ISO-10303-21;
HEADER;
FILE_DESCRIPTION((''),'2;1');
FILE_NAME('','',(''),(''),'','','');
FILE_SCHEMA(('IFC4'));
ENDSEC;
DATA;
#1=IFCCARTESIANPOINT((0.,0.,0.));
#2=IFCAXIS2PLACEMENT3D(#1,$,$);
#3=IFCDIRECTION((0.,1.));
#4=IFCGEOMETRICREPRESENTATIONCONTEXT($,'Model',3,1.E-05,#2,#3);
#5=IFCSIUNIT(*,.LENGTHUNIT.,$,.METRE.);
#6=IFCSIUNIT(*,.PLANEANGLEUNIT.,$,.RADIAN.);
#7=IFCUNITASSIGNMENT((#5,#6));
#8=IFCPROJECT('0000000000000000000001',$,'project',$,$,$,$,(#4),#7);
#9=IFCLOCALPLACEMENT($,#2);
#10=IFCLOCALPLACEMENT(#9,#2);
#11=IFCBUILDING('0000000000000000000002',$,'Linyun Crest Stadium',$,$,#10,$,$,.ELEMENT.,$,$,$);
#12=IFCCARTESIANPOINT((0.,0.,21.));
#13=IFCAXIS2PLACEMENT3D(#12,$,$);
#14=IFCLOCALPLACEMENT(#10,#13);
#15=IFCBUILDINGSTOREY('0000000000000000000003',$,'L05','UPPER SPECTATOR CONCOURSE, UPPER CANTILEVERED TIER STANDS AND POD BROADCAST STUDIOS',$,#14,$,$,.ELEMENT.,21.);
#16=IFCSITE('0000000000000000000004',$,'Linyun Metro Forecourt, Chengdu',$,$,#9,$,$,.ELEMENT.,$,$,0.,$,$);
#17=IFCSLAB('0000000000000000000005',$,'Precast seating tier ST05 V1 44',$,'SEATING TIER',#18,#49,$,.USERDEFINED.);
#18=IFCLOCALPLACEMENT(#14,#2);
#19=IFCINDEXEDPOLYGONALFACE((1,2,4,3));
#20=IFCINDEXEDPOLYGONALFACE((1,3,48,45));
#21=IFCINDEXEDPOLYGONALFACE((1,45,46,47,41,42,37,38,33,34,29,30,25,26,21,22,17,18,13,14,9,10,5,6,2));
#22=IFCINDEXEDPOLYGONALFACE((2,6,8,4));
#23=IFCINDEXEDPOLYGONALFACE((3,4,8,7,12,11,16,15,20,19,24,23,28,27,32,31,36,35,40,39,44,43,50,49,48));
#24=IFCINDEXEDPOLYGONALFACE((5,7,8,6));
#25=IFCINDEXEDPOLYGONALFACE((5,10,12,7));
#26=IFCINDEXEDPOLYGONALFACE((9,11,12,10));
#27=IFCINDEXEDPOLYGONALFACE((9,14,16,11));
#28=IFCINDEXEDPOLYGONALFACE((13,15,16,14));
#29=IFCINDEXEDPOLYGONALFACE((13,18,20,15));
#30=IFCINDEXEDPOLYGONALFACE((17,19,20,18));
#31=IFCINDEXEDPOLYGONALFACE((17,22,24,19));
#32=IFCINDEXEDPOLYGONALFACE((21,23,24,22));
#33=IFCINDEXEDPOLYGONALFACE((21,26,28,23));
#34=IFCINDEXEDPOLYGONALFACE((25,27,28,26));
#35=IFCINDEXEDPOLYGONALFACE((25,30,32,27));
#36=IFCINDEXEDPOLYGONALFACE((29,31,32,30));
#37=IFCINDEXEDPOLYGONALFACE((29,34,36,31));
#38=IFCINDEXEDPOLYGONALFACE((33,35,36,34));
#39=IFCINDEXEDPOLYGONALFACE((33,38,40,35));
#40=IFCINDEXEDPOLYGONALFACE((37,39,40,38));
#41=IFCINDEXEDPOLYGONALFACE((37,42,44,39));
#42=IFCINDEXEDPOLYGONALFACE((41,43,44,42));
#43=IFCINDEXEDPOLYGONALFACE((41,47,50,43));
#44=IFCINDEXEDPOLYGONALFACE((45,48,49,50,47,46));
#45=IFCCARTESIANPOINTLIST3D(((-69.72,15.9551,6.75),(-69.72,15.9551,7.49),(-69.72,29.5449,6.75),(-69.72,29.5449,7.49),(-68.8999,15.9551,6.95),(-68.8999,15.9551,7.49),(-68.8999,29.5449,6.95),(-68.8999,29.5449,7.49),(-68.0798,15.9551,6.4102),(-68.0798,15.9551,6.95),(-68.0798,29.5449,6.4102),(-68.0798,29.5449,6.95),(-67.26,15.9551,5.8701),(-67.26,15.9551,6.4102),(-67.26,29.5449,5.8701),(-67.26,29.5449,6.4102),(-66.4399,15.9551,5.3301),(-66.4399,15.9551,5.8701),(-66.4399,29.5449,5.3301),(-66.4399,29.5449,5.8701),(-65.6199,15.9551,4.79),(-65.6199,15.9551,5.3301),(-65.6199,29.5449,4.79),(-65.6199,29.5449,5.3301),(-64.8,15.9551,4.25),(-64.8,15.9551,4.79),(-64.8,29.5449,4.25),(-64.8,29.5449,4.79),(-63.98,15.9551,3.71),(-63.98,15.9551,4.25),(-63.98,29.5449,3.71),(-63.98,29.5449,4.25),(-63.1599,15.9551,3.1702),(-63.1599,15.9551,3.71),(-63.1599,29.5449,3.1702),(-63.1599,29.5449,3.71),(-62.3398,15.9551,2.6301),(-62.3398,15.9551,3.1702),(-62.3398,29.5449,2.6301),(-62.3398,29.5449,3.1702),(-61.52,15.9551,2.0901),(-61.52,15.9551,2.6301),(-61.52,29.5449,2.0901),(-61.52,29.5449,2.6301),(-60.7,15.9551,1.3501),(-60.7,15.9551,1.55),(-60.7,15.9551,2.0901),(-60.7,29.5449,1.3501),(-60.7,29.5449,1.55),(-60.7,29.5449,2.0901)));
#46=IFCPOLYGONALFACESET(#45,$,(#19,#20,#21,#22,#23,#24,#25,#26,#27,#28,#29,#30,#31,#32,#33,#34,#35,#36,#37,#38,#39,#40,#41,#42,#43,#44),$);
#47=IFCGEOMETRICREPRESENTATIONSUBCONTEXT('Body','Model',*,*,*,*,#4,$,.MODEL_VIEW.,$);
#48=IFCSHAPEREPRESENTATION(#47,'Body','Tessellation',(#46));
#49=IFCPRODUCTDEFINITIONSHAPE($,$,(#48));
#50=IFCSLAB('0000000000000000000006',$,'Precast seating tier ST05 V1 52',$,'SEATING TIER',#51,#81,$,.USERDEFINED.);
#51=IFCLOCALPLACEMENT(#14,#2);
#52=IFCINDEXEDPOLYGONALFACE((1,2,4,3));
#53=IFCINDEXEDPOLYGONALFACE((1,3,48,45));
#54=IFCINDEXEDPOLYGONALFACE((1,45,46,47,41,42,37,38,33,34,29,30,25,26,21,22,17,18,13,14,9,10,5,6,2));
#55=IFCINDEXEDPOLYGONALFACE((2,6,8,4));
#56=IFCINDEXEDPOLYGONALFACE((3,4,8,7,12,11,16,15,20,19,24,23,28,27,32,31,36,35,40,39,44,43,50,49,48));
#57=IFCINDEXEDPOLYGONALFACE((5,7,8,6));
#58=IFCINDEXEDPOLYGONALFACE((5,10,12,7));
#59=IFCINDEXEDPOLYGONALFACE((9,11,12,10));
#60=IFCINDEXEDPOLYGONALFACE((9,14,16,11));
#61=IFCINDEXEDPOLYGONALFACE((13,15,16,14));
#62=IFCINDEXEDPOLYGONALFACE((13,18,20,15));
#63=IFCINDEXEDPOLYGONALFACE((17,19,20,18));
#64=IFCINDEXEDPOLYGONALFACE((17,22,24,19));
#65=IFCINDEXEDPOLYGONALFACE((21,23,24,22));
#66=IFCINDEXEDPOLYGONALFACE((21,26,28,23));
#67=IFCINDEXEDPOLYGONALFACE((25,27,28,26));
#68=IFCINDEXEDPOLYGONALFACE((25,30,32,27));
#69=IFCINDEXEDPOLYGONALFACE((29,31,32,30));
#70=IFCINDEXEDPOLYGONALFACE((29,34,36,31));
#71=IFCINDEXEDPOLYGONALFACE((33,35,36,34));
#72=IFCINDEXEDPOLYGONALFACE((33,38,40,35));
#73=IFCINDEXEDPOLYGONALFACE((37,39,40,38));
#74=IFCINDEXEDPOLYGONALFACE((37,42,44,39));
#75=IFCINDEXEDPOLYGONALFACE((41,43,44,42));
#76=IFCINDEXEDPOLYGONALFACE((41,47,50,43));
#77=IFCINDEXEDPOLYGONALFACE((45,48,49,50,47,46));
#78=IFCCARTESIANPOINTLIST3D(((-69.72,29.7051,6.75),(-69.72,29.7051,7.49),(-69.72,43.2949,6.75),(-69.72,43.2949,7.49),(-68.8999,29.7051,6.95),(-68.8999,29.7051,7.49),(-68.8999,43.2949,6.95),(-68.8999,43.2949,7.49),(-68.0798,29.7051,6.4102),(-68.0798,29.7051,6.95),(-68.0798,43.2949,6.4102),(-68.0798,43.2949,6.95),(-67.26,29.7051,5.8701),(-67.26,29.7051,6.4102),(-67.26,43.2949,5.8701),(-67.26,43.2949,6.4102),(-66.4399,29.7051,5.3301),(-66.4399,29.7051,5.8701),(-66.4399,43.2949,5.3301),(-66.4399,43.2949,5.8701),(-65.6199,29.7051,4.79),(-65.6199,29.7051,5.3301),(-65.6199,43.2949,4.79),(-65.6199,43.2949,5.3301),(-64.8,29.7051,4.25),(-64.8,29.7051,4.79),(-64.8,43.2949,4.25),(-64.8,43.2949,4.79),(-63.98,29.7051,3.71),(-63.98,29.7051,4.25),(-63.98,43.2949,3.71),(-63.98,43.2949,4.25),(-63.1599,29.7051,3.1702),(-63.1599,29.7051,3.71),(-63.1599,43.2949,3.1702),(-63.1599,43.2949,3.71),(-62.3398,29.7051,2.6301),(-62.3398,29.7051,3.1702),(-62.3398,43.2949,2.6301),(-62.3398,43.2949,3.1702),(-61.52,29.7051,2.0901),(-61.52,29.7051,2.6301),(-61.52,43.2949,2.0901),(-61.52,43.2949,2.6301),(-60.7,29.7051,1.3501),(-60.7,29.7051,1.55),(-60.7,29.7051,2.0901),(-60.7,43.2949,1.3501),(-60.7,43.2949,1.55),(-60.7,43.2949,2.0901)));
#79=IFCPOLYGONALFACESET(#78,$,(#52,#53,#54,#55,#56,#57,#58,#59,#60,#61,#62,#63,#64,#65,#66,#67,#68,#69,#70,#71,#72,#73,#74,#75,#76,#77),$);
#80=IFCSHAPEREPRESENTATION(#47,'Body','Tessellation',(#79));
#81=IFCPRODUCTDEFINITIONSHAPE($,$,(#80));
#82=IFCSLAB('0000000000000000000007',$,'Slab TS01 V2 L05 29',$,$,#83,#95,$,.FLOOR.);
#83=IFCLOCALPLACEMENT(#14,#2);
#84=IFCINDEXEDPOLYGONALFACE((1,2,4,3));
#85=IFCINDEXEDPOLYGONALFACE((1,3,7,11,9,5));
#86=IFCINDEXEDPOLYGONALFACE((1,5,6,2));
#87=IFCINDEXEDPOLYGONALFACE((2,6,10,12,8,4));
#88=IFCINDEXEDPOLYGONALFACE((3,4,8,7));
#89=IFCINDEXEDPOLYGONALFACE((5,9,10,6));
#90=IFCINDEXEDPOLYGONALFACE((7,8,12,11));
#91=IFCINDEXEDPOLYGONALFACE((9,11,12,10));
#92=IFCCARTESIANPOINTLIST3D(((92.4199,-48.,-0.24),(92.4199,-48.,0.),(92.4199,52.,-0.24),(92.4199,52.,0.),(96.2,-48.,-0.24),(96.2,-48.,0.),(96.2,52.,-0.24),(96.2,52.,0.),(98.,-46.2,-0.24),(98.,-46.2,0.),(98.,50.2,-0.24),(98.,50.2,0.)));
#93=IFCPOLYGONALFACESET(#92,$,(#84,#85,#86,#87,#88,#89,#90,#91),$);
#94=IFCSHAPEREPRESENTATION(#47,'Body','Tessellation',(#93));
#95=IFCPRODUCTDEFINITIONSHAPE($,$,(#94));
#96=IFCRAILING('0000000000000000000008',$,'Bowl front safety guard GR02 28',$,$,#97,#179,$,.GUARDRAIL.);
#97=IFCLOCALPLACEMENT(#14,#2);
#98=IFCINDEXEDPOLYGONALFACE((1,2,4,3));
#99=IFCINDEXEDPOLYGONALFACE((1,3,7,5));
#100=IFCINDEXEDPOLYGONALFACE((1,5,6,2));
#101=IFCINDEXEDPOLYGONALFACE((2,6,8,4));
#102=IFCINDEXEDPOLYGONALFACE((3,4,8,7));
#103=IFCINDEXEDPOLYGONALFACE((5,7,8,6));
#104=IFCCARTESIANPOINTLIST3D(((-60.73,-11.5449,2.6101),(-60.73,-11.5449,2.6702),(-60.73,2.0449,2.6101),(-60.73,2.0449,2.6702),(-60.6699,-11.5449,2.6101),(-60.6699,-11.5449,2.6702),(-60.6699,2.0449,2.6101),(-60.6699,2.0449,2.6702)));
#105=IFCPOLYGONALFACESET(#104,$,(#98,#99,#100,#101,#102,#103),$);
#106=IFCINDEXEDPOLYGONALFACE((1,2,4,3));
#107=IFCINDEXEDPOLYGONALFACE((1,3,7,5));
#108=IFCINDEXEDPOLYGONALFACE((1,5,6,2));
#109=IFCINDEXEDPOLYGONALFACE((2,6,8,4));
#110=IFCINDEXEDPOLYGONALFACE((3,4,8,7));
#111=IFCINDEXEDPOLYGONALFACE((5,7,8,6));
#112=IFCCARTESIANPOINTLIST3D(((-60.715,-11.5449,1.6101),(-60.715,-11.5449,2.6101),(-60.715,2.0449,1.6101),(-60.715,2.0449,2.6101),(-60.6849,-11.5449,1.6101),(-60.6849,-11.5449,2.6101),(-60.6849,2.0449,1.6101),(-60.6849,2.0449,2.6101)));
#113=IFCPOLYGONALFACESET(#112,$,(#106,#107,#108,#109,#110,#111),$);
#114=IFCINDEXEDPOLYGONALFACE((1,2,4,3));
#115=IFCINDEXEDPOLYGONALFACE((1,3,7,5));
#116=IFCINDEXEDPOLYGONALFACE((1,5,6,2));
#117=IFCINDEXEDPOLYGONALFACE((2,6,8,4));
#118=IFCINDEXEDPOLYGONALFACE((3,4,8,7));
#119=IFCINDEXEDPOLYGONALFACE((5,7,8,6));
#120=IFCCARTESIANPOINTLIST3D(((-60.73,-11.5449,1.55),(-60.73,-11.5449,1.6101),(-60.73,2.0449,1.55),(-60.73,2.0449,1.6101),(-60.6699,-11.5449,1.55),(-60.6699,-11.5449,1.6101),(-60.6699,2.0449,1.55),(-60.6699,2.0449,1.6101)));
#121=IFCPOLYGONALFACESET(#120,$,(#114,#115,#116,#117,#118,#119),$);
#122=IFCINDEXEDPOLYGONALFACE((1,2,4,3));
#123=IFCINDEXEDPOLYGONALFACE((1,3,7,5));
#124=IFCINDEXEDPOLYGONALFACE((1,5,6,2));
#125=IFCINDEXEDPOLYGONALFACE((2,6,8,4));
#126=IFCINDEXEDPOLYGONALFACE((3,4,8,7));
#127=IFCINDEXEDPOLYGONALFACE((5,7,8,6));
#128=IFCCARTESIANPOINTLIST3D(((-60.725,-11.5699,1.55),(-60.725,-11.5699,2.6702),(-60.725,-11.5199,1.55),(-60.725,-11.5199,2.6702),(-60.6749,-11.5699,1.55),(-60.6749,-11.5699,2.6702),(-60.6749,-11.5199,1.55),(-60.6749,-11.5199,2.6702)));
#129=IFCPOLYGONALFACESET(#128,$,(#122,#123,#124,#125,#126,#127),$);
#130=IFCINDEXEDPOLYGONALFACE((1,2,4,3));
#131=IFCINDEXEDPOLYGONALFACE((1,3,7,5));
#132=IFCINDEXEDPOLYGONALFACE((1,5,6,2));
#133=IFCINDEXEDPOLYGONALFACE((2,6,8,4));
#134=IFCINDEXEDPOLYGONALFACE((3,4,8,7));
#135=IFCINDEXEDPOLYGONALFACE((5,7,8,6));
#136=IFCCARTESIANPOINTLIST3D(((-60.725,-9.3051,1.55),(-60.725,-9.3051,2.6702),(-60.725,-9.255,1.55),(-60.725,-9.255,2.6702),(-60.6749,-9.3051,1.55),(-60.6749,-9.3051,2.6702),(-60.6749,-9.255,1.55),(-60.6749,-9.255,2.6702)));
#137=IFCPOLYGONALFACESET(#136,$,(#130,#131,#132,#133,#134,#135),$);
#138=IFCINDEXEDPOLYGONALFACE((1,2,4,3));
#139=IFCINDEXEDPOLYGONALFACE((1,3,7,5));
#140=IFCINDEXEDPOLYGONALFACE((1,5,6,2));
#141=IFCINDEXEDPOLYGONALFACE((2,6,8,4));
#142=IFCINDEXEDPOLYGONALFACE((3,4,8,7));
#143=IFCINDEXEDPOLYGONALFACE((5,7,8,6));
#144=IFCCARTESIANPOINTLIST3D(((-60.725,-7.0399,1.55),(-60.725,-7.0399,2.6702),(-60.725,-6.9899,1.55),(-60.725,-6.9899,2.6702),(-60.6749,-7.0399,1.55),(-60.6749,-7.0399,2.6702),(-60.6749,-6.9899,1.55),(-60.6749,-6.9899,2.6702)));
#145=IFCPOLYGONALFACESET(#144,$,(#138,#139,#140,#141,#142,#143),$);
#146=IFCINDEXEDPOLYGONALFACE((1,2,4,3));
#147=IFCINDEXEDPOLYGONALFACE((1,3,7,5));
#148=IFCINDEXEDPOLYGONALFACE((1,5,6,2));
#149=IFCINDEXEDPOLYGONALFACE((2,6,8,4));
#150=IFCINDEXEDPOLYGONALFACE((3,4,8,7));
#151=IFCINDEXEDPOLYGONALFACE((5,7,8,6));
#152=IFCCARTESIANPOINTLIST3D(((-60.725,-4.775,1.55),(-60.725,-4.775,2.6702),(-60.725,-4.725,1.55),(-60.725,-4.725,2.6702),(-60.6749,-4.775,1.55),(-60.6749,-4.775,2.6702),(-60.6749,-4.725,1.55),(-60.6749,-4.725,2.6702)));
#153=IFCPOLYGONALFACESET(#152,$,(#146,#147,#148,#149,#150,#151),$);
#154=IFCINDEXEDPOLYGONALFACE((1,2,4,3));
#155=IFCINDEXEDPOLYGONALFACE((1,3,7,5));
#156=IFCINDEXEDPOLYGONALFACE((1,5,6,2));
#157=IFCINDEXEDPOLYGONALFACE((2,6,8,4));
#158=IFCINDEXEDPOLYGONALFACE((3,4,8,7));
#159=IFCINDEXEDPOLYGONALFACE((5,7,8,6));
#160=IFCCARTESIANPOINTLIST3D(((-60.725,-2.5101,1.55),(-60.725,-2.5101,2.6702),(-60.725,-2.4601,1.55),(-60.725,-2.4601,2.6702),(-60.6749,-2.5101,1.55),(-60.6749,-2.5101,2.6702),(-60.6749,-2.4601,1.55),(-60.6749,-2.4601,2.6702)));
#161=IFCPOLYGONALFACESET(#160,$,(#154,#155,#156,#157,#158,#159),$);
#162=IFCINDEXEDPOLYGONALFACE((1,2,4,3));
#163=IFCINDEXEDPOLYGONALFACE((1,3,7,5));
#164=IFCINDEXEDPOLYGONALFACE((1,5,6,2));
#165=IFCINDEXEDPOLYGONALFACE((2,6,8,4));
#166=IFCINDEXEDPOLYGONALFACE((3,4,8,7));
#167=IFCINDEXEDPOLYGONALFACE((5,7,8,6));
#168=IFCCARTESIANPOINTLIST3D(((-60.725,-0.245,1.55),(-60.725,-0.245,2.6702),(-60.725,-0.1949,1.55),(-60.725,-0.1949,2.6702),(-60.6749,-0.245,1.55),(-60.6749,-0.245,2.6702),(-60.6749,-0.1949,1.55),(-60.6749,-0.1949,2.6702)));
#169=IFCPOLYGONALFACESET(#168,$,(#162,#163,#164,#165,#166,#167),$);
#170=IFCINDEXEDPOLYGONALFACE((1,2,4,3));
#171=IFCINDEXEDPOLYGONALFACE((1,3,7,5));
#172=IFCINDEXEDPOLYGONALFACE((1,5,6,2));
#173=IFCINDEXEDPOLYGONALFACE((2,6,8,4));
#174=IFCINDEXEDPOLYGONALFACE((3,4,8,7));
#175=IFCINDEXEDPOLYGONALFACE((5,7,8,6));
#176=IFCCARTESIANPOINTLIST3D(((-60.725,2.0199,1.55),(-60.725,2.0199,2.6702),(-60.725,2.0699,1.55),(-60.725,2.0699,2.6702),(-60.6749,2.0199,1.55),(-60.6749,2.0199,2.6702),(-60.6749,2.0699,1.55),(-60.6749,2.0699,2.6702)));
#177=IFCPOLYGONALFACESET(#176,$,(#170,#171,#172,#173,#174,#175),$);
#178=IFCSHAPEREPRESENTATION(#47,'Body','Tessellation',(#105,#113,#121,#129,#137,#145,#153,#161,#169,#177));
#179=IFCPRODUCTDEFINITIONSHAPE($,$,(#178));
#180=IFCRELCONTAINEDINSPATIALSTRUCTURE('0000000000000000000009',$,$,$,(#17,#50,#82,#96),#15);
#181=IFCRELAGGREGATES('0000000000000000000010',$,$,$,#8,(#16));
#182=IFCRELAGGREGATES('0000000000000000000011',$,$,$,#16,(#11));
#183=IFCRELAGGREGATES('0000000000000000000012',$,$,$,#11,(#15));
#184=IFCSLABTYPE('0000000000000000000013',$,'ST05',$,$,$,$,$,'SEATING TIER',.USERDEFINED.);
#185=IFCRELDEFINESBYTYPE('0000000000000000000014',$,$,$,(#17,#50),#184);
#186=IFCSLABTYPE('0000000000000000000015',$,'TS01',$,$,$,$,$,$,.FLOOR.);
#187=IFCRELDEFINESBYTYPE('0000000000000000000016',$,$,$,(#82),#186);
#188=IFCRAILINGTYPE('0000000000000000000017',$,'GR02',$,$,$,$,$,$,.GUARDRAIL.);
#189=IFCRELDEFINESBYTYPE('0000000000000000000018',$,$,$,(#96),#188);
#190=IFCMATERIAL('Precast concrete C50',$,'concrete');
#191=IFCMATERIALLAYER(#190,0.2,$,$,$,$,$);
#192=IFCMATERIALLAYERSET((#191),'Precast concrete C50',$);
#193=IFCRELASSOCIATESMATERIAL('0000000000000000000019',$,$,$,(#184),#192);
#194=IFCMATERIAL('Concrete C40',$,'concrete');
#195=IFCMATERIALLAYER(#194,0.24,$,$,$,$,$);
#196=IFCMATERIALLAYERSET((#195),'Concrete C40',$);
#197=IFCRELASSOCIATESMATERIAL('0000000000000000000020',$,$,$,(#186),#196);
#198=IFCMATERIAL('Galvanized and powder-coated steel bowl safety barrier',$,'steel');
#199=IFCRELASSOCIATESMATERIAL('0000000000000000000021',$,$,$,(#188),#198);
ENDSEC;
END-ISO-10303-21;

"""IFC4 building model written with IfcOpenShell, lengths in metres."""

from ifc_helpers import new_model, si_unit, direction, frame, origin, origin_2d, place, context, subcontext, project, spatial, polyline, rectangle, outline, extrude, material, layer, layer_set, type_object, element, save


model = new_model("IFC4")

# Units and contexts
model_context = context("Model", 3, precision=1e-05, world=origin(), true_north=direction((0.0, 1.0)))
body_context = subcontext(model_context, "Body", "Model", "MODEL_VIEW")
ifc_project = project(units=[si_unit("LENGTHUNIT", "METRE"), si_unit("PLANEANGLEUNIT", "RADIAN")], contexts=[model_context])

# Site, building, storey
site_placement = place(None, origin())
site = spatial("IfcSite", under=ifc_project, at=site_placement, Name="Linyun Metro Forecourt, Chengdu", CompositionType="ELEMENT", RefElevation=0.0)
building_placement = place(site_placement, origin())
building = spatial("IfcBuilding", under=site, at=building_placement, Name="Linyun Crest Stadium", CompositionType="ELEMENT")
storey_placement = place(building_placement, frame((0.0, 0.0, 21.0)))
storey = spatial("IfcBuildingStorey", under=building, at=storey_placement, Name="L05", Description="UPPER SPECTATOR CONCOURSE, UPPER CANTILEVERED TIER STANDS AND POD BROADCAST STUDIOS", CompositionType="ELEMENT", Elevation=21.0)

# Slabs
ifc_material_1 = material(Name="Precast concrete C50", Category="concrete")
ifc_layer_1 = layer(ifc_material_1, 0.2)
ifc_layer_set_1 = layer_set([ifc_layer_1], Name="Precast concrete C50")
slab_type_1 = type_object("IfcSlabType", Name="ST05", ElementType="SEATING TIER", PredefinedType="USERDEFINED", material=ifc_layer_set_1)
for number, where, z_axis, x_axis, name in (
    (1, (-60.7, 15.9551, 1.55), (0.0, 0.0, 1.0), (-1.0, 0.0, 0.0), "Precast seating tier ST05 V1 44"),
    (2, (-60.7, 29.7051, 1.55), (0.0, 0.0, 1.0), (-1.0, 0.0, 0.0), "Precast seating tier ST05 V1 52"),
):
    element("IfcSlab", number, at=place(storey_placement, frame(where, z_axis=z_axis, x_axis=x_axis)), inside=storey, type_object=slab_type_1, Name=name, ObjectType="SEATING TIER", PredefinedType="USERDEFINED", context=body_context, shape_type="SweptSolid", body=[
        extrude(outline(polyline([(0.0, 0.0), (0.0, 0.54), (0.8201, 0.54), (0.8201, 1.0801), (1.6399, 1.0801), (1.6399, 1.6201), (2.46, 1.6201), (2.46, 2.1599), (3.28, 2.1599), (3.28, 2.7), (4.1001, 2.7), (4.1001, 3.24), (4.9199, 3.24), (4.9199, 3.78), (5.74, 3.78), (5.74, 4.3201), (6.5601, 4.3201), (6.5601, 4.8601), (7.3799, 4.8601), (7.3799, 5.3999), (8.2, 5.3999), (8.2, 5.9399), (9.02, 5.9399), (9.02, 5.2), (0.0, -0.2), (0.0, 0.0)])), frame((0.0, 0.0, 0.0), z_axis=(0.0, -1.0, 0.0), x_axis=(1.0, 0.0, 0.0)), (0.0, 0.0, 1.0), 13.5898),
    ])
ifc_material_2 = material(Name="Concrete C40", Category="concrete")
ifc_layer_2 = layer(ifc_material_2, 0.24)
ifc_layer_set_2 = layer_set([ifc_layer_2], Name="Concrete C40")
slab_type_2 = type_object("IfcSlabType", Name="TS01", PredefinedType="FLOOR", material=ifc_layer_set_2)
slab_1_placement = place(storey_placement, frame((0.0, 0.0, -0.24)))
element("IfcSlab", 3, at=slab_1_placement, inside=storey, type_object=slab_type_2, Name="Slab TS01 V2 L05 29", PredefinedType="FLOOR", context=body_context, shape_type="SweptSolid", body=[
    extrude(outline(polyline([(92.4199, -48.0), (96.2, -48.0), (98.0, -46.2), (98.0, 50.2), (96.2, 52.0), (92.4199, 52.0), (92.4199, -48.0)])), origin(), (0.0, 0.0, 1.0), 0.24),
])

# Railing
ifc_material_3 = material(Name="Galvanized and powder-coated steel bowl safety barrier", Category="steel")
railing_type = type_object("IfcRailingType", Name="GR02", PredefinedType="GUARDRAIL", material=ifc_material_3)
for number, where, name in (
    (4, (-60.7, -11.5449, 1.55), "Bowl front safety guard GR02 28"),
):
    element("IfcRailing", number, at=place(storey_placement, frame(where)), inside=storey, type_object=railing_type, Name=name, PredefinedType="GUARDRAIL", context=body_context, shape_type="SweptSolid", body=[
        extrude(rectangle(XDim=0.0601, YDim=0.0601, at=origin_2d()), frame((0.0, 0.0, 1.0901), z_axis=(0.0, 1.0, 0.0), x_axis=(-1.0, 0.0, 0.0)), (0.0, 0.0, 1.0), 13.5898),
        extrude(rectangle(XDim=0.03, YDim=1.0, at=origin_2d()), frame((0.0, 0.0, 0.5601), z_axis=(0.0, 1.0, 0.0), x_axis=(-1.0, 0.0, 0.0)), (0.0, 0.0, 1.0), 13.5898),
        extrude(rectangle(XDim=0.0601, YDim=0.0601, at=origin_2d()), frame((0.0, 0.0, 0.03), z_axis=(0.0, 1.0, 0.0), x_axis=(-1.0, 0.0, 0.0)), (0.0, 0.0, 1.0), 13.5898),
        extrude(rectangle(XDim=0.05, YDim=0.05, at=origin_2d()), origin(), (0.0, 0.0, 1.0), 1.1201),
        extrude(rectangle(XDim=0.05, YDim=0.05, at=origin_2d()), frame((0.0, 2.2649, 0.0)), (0.0, 0.0, 1.0), 1.1201),
        extrude(rectangle(XDim=0.05, YDim=0.05, at=origin_2d()), frame((0.0, 4.53, 0.0)), (0.0, 0.0, 1.0), 1.1201),
        extrude(rectangle(XDim=0.05, YDim=0.05, at=origin_2d()), frame((0.0, 6.7949, 0.0)), (0.0, 0.0, 1.0), 1.1201),
        extrude(rectangle(XDim=0.05, YDim=0.05, at=origin_2d()), frame((0.0, 9.0598, 0.0)), (0.0, 0.0, 1.0), 1.1201),
        extrude(rectangle(XDim=0.05, YDim=0.05, at=origin_2d()), frame((0.0, 11.325, 0.0)), (0.0, 0.0, 1.0), 1.1201),
        extrude(rectangle(XDim=0.05, YDim=0.05, at=origin_2d()), frame((0.0, 13.5898, 0.0)), (0.0, 0.0, 1.0), 1.1201),
    ])

save(model, "model.ifc")
